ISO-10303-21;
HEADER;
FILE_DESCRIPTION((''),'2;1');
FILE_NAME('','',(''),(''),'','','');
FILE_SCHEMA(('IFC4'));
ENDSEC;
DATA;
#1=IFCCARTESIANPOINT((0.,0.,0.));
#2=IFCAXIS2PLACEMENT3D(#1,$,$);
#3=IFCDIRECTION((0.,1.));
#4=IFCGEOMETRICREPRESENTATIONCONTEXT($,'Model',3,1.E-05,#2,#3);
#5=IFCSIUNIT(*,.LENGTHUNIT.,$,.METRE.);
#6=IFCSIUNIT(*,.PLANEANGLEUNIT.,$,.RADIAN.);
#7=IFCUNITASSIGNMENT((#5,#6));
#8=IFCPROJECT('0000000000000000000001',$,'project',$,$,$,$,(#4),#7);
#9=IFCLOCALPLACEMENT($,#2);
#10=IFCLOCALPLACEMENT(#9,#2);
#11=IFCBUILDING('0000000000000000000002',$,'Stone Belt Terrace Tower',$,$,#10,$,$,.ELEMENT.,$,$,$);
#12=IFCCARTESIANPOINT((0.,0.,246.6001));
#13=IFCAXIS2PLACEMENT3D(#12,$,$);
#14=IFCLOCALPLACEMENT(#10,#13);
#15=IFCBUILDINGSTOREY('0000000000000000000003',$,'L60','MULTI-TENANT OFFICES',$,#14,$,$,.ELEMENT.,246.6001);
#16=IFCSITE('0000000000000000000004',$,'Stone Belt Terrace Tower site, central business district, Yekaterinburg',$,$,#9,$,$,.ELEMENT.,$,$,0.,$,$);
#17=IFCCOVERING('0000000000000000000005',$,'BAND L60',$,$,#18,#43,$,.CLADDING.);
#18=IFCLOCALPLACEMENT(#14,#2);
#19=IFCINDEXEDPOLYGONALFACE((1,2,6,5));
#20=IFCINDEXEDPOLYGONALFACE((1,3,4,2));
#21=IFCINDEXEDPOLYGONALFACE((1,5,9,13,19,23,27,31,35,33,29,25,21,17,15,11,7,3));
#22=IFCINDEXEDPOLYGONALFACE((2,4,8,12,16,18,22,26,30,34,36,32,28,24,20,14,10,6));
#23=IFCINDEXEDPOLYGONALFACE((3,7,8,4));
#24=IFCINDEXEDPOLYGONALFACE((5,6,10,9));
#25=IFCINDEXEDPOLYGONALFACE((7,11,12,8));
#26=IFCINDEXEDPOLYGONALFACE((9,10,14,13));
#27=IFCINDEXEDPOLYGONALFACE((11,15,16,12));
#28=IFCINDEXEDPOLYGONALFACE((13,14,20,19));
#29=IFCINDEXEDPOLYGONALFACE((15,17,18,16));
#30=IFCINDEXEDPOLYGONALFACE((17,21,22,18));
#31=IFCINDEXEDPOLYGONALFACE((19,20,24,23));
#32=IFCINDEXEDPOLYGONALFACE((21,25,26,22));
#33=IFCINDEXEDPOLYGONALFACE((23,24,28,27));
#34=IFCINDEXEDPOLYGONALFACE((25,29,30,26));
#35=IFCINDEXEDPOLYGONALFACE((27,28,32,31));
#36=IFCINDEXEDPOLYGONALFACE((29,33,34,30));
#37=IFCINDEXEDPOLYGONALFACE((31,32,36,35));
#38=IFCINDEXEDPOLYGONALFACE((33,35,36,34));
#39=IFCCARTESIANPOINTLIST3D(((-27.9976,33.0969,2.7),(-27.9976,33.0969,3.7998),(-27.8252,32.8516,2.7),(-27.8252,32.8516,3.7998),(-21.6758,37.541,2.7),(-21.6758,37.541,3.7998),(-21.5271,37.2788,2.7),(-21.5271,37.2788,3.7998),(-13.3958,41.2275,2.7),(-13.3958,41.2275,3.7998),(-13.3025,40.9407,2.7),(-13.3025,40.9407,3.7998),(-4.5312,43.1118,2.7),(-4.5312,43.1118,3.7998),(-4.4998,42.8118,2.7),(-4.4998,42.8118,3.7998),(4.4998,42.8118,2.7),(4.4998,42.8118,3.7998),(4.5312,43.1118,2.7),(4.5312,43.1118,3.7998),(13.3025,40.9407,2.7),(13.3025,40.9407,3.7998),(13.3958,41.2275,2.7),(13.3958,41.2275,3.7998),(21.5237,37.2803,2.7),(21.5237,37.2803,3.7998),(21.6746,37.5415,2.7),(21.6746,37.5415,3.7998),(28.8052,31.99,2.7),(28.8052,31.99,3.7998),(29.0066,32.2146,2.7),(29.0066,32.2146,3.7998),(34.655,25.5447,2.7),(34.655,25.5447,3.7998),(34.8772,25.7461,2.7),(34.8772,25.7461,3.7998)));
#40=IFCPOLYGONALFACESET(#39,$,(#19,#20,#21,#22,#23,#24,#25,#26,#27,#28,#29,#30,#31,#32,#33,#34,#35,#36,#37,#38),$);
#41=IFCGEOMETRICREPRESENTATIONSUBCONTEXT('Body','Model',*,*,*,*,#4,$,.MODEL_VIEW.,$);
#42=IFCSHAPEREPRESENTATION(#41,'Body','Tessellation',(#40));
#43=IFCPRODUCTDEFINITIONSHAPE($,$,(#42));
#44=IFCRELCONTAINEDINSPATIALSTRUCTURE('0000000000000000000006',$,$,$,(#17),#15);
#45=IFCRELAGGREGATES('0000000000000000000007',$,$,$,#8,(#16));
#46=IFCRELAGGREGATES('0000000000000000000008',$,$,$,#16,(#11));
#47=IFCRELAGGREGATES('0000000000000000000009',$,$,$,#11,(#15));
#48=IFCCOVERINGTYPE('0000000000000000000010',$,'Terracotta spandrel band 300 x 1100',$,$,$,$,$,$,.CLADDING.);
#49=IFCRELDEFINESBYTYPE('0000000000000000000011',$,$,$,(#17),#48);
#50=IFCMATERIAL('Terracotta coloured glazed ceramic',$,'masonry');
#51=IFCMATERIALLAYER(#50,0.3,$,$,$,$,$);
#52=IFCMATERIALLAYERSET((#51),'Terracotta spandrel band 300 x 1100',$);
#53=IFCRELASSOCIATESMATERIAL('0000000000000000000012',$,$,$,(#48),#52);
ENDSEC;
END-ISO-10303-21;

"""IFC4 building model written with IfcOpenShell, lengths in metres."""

from ifc_helpers import new_model, si_unit, direction, frame, origin, place, context, subcontext, project, spatial, polyline, outline, extrude, material, layer, layer_set, type_object, element, save


model = new_model("IFC4")

# Units and contexts
model_context = context("Model", 3, precision=1e-05, world=origin(), true_north=direction((0.0, 1.0)))
body_context = subcontext(model_context, "Body", "Model", "MODEL_VIEW")
ifc_project = project(units=[si_unit("LENGTHUNIT", "METRE"), si_unit("PLANEANGLEUNIT", "RADIAN")], contexts=[model_context])

# Site, building, storey
site_placement = place(None, origin())
site = spatial("IfcSite", under=ifc_project, at=site_placement, Name="Stone Belt Terrace Tower site, central business district, Yekaterinburg", CompositionType="ELEMENT", RefElevation=0.0)
building_placement = place(site_placement, origin())
building = spatial("IfcBuilding", under=site, at=building_placement, Name="Stone Belt Terrace Tower", CompositionType="ELEMENT")
storey_placement = place(building_placement, frame((0.0, 0.0, 246.6001)))
storey = spatial("IfcBuildingStorey", under=building, at=storey_placement, Name="L60", Description="MULTI-TENANT OFFICES", CompositionType="ELEMENT", Elevation=246.6001)

# Covering
ifc_material_1 = material(Name="Terracotta coloured glazed ceramic", Category="masonry")
ifc_layer_1 = layer(ifc_material_1, 0.3)
ifc_layer_set_1 = layer_set([ifc_layer_1], Name="Terracotta spandrel band 300 x 1100")
covering_type = type_object("IfcCoveringType", Name="Terracotta spandrel band 300 x 1100", PredefinedType="CLADDING", material=ifc_layer_set_1)
covering_placement = place(storey_placement, frame((0.0, 0.0, 2.7)))
element("IfcCovering", 1, at=covering_placement, inside=storey, type_object=covering_type, Name="BAND L60", PredefinedType="CLADDING", context=body_context, shape_type="SweptSolid", body=[
    extrude(outline(polyline([(-27.9976, 33.0969), (-21.6758, 37.541), (-13.3958, 41.2275), (-4.5312, 43.1118), (4.5312, 43.1118), (13.3958, 41.2275), (21.6746, 37.5415), (29.0066, 32.2146), (34.8772, 25.7461), (34.655, 25.5447), (28.8052, 31.99), (21.5237, 37.2803), (13.3025, 40.9407), (4.4998, 42.8118), (-4.4998, 42.8118), (-13.3025, 40.9407), (-21.5271, 37.2788), (-27.8252, 32.8516), (-27.9976, 33.0969)])), origin(), (0.0, 0.0, 1.0), 1.0999),
])

save(model, "model.ifc")
